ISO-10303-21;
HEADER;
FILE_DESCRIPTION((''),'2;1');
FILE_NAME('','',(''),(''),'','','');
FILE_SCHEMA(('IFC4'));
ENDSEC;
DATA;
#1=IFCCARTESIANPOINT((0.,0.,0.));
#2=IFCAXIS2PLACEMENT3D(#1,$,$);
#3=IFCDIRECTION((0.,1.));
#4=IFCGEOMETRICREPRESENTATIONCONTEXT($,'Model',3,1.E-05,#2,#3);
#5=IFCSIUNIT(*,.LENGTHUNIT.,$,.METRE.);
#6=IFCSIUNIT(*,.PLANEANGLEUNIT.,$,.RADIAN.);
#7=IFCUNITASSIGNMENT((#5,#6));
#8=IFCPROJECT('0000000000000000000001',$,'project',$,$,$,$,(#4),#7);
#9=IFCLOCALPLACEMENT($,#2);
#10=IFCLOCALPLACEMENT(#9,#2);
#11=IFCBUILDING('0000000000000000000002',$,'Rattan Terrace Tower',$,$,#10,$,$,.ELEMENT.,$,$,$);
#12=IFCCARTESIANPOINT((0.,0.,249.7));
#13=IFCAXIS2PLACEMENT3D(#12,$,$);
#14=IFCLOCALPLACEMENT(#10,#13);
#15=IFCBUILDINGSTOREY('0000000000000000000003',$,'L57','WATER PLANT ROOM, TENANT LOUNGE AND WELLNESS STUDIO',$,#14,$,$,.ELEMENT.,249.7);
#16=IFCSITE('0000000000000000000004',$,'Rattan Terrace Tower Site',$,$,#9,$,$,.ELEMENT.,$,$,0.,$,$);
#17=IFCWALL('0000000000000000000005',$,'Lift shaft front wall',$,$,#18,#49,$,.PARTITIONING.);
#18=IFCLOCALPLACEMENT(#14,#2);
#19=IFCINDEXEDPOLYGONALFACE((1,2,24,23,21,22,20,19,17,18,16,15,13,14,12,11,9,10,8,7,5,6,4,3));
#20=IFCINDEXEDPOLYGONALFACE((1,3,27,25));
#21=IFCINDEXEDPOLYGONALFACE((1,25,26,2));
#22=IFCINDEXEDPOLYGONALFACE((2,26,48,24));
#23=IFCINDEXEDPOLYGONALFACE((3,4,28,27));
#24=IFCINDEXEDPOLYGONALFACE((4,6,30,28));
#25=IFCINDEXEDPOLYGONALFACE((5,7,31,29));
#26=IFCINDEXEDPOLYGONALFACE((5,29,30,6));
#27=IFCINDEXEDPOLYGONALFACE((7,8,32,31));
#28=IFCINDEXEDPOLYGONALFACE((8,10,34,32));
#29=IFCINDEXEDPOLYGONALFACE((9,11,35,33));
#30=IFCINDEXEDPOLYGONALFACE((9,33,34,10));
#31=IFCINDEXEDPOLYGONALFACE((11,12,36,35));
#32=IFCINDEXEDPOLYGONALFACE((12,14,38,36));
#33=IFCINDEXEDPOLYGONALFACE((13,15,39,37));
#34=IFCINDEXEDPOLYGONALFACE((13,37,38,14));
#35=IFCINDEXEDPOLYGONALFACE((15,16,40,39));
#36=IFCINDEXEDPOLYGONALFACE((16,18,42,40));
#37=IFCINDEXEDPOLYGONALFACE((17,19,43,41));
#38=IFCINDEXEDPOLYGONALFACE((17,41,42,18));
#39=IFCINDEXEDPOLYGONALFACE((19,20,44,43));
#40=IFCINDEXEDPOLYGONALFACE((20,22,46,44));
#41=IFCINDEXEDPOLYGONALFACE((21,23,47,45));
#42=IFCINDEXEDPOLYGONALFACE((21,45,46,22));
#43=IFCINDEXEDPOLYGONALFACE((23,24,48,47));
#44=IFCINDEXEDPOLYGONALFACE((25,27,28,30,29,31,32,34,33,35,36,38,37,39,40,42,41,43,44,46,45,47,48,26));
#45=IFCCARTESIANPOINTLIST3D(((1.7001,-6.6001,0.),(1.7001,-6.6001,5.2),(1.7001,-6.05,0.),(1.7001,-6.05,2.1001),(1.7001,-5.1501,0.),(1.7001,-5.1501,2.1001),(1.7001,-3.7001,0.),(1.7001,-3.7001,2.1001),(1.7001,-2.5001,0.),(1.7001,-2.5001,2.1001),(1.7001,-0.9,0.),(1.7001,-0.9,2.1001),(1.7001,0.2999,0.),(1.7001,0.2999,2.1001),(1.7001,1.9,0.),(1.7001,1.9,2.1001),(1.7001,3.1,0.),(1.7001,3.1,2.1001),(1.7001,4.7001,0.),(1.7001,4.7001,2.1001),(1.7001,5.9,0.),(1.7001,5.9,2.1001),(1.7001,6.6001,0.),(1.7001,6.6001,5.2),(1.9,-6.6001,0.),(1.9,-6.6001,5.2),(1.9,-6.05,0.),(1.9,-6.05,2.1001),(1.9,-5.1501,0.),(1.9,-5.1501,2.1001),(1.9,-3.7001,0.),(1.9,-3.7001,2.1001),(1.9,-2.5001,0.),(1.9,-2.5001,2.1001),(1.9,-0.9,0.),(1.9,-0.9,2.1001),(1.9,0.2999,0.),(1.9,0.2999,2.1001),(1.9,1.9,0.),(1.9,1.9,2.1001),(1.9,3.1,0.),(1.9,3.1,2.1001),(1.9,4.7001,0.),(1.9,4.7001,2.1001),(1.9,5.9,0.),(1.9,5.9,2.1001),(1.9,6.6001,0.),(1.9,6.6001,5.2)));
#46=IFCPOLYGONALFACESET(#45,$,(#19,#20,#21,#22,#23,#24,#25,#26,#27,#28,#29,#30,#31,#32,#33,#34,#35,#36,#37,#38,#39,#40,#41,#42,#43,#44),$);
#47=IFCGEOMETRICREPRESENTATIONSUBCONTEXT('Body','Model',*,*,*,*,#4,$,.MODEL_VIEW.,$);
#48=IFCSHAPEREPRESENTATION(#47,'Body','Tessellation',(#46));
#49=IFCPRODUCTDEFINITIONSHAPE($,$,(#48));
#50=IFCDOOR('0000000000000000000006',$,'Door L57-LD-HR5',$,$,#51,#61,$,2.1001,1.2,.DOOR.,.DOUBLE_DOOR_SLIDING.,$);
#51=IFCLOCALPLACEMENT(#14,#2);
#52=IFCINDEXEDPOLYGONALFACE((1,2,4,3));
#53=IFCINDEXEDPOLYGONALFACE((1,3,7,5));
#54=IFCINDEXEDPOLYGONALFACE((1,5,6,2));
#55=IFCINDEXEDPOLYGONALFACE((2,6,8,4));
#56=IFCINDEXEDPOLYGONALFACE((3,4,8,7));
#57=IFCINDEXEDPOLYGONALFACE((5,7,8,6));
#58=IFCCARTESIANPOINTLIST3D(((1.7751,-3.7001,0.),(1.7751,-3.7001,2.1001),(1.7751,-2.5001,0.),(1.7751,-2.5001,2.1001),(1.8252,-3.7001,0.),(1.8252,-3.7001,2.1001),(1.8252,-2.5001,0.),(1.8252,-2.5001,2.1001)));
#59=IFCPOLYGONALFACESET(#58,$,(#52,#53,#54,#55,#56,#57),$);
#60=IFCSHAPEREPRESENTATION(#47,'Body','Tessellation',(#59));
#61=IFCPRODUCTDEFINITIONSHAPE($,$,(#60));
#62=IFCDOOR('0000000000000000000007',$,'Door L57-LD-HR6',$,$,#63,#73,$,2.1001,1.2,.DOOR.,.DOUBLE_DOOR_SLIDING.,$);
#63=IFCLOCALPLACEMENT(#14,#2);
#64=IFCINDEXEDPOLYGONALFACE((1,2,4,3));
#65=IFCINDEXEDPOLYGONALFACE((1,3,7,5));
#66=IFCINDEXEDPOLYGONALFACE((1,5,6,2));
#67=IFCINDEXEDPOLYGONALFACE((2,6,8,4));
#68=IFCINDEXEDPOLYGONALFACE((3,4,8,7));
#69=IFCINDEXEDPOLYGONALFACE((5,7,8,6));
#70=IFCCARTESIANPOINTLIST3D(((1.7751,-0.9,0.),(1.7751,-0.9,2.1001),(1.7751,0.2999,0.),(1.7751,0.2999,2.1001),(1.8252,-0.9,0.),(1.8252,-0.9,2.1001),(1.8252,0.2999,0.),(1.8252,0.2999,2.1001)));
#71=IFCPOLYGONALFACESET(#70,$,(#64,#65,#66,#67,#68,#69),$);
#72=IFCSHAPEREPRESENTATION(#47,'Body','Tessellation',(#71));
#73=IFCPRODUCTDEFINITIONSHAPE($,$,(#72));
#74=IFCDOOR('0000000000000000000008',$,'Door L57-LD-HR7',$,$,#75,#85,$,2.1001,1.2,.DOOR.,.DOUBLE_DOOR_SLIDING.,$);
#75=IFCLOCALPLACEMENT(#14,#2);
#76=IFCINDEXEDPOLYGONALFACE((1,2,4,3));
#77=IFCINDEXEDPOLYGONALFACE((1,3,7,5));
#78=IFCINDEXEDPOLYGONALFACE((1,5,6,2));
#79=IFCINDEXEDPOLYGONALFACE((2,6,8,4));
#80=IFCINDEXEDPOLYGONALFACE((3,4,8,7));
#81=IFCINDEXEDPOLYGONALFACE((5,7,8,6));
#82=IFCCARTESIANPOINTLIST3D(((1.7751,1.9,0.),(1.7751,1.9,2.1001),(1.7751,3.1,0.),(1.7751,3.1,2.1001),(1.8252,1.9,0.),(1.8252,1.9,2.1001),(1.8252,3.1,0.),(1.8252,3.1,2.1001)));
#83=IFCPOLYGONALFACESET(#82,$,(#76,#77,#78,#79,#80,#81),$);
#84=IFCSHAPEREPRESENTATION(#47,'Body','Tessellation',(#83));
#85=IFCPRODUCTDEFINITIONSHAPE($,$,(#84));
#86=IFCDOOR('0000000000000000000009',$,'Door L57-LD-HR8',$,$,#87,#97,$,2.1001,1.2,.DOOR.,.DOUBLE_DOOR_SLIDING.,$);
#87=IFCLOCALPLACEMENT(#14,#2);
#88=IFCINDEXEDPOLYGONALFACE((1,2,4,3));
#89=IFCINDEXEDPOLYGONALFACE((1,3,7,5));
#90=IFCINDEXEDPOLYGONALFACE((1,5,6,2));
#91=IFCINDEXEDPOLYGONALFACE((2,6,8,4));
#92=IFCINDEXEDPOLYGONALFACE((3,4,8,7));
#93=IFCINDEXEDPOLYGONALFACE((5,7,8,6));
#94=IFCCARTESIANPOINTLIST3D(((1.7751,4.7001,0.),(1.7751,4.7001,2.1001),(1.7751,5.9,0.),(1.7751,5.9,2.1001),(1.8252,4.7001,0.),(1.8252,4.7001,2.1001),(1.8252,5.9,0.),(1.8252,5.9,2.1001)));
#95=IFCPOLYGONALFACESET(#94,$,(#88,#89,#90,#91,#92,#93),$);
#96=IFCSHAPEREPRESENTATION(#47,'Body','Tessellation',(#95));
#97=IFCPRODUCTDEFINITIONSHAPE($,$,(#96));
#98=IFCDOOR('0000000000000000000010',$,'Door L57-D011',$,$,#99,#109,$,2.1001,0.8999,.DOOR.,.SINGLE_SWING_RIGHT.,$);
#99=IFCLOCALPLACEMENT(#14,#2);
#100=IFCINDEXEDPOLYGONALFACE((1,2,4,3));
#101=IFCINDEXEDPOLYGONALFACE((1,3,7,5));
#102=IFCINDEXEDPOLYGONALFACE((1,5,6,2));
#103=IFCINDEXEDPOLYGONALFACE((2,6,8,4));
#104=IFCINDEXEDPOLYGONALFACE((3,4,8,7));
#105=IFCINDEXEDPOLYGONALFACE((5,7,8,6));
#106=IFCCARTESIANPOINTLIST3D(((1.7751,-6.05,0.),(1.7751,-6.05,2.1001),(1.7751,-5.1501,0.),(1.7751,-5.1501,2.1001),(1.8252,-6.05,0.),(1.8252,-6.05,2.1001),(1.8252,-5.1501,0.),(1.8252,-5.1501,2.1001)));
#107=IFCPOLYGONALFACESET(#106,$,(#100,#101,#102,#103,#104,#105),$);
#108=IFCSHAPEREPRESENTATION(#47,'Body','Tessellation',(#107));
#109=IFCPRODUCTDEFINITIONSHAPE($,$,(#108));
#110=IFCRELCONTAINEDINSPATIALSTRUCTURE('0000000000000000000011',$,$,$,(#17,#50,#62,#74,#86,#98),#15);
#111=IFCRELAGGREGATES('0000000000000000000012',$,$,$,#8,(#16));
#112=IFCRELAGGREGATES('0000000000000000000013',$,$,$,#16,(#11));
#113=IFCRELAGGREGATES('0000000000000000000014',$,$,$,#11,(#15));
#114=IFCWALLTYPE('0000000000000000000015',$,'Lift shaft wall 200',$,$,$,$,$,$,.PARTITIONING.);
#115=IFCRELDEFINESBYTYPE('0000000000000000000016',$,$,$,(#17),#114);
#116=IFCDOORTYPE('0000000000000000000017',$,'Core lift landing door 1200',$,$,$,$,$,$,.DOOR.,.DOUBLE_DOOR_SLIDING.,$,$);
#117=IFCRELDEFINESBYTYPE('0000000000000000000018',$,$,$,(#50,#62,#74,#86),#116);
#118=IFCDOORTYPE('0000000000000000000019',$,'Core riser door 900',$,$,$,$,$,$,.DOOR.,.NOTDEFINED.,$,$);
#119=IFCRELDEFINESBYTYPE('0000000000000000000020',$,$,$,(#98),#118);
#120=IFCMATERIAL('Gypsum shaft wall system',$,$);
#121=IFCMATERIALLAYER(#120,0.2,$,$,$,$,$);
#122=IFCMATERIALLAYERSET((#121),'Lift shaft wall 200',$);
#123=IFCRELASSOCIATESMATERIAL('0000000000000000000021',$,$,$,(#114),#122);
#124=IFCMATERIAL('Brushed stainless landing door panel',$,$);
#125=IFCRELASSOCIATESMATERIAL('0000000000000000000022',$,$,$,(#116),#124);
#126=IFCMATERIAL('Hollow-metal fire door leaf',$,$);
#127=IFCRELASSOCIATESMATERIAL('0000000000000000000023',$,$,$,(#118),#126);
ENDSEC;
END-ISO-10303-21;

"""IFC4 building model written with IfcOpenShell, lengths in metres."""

from ifc_helpers import new_model, si_unit, direction, frame, frame_2d, origin, place, context, subcontext, project, spatial, rectangle, extrude, material, layer, layer_set, type_object, element, fill, save


model = new_model("IFC4")

# Units and contexts
model_context = context("Model", 3, precision=1e-05, world=origin(), true_north=direction((0.0, 1.0)))
body_context = subcontext(model_context, "Body", "Model", "MODEL_VIEW")
ifc_project = project(units=[si_unit("LENGTHUNIT", "METRE"), si_unit("PLANEANGLEUNIT", "RADIAN")], contexts=[model_context])

# Site, building, storey
site_placement = place(None, origin())
site = spatial("IfcSite", under=ifc_project, at=site_placement, Name="Rattan Terrace Tower Site", CompositionType="ELEMENT", RefElevation=0.0)
building_placement = place(site_placement, origin())
building = spatial("IfcBuilding", under=site, at=building_placement, Name="Rattan Terrace Tower", CompositionType="ELEMENT")
storey_placement = place(building_placement, frame((0.0, 0.0, 249.7)))
storey = spatial("IfcBuildingStorey", under=building, at=storey_placement, Name="L57", Description="WATER PLANT ROOM, TENANT LOUNGE AND WELLNESS STUDIO", CompositionType="ELEMENT", Elevation=249.7)

# Wall, openings, doors
ifc_material_1 = material(Name="Gypsum shaft wall system")
ifc_layer_1 = layer(ifc_material_1, 0.2)
ifc_layer_set_1 = layer_set([ifc_layer_1], Name="Lift shaft wall 200")
wall_type_1 = type_object("IfcWallType", Name="Lift shaft wall 200", PredefinedType="PARTITIONING", material=ifc_layer_set_1)
wall_1_placement = place(storey_placement, frame((1.8, -6.6001, 0.0), z_axis=(0.0, 0.0, 1.0), x_axis=(0.0, 1.0, 0.0)))
wall_1 = element("IfcWall", 1, at=wall_1_placement, inside=storey, type_object=wall_type_1, Name="Lift shaft front wall", PredefinedType="PARTITIONING", context=body_context, shape_type="SweptSolid", body=[
    extrude(rectangle(XDim=13.2002, YDim=0.2, at=frame_2d((6.6001, 0.0))), origin(), (0.0, 0.0, 1.0), 5.2),
])
opening_1_placement = place(wall_1_placement, frame((0.55, 0.0, 0.0)))
opening_1 = element("IfcOpeningElement", 2, at=opening_1_placement, cuts=wall_1, PredefinedType="OPENING", context=body_context, shape_type="SweptSolid", body=[
    extrude(rectangle(XDim=0.8999, YDim=2.1001, at=frame_2d((0.45, 1.05))), frame((0.0, 0.1106, 0.0), z_axis=(0.0, -1.0, 0.0), x_axis=(1.0, 0.0, 0.0)), (0.0, 0.0, 1.0), 0.2209),
])
opening_2_placement = place(wall_1_placement, frame((2.8999, 0.0, 0.0)))
opening_2 = element("IfcOpeningElement", 3, at=opening_2_placement, cuts=wall_1, PredefinedType="OPENING", context=body_context, shape_type="SweptSolid", body=[
    extrude(rectangle(XDim=1.2, YDim=2.1001, at=frame_2d((0.6001, 1.05))), frame((0.0, 0.1106, 0.0), z_axis=(0.0, -1.0, 0.0), x_axis=(1.0, 0.0, 0.0)), (0.0, 0.0, 1.0), 0.2209),
])
opening_3_placement = place(wall_1_placement, frame((5.7, 0.0, 0.0)))
opening_3 = element("IfcOpeningElement", 4, at=opening_3_placement, cuts=wall_1, PredefinedType="OPENING", context=body_context, shape_type="SweptSolid", body=[
    extrude(rectangle(XDim=1.2, YDim=2.1001, at=frame_2d((0.6001, 1.05))), frame((0.0, 0.1106, 0.0), z_axis=(0.0, -1.0, 0.0), x_axis=(1.0, 0.0, 0.0)), (0.0, 0.0, 1.0), 0.2209),
])
opening_4_placement = place(wall_1_placement, frame((8.5, 0.0, 0.0)))
opening_4 = element("IfcOpeningElement", 5, at=opening_4_placement, cuts=wall_1, PredefinedType="OPENING", context=body_context, shape_type="SweptSolid", body=[
    extrude(rectangle(XDim=1.2, YDim=2.1001, at=frame_2d((0.6001, 1.05))), frame((0.0, 0.1106, 0.0), z_axis=(0.0, -1.0, 0.0), x_axis=(1.0, 0.0, 0.0)), (0.0, 0.0, 1.0), 0.2209),
])
opening_5_placement = place(wall_1_placement, frame((11.3, 0.0, 0.0)))
opening_5 = element("IfcOpeningElement", 6, at=opening_5_placement, cuts=wall_1, PredefinedType="OPENING", context=body_context, shape_type="SweptSolid", body=[
    extrude(rectangle(XDim=1.2, YDim=2.1001, at=frame_2d((0.6001, 1.05))), frame((0.0, 0.1106, 0.0), z_axis=(0.0, -1.0, 0.0), x_axis=(1.0, 0.0, 0.0)), (0.0, 0.0, 1.0), 0.2209),
])
ifc_material_2 = material(Name="Brushed stainless landing door panel")
door_type_1 = type_object("IfcDoorType", Name="Core lift landing door 1200", OperationType="DOUBLE_DOOR_SLIDING", PredefinedType="DOOR", material=ifc_material_2)
door_1_placement = place(opening_2_placement, origin())
door_1 = element("IfcDoor", 7, at=door_1_placement, inside=storey, type_object=door_type_1, Name="Door L57-LD-HR5", OperationType="DOUBLE_DOOR_SLIDING", OverallHeight=2.1001, OverallWidth=1.2, PredefinedType="DOOR", context=body_context, shape_type="SweptSolid", body=[
    extrude(rectangle(XDim=1.2, YDim=2.1001, at=frame_2d((0.6001, 1.05))), frame((0.0, 0.0249, 0.0), z_axis=(0.0, -1.0, 0.0), x_axis=(1.0, 0.0, 0.0)), (0.0, 0.0, 1.0), 0.05),
])
fill(opening_2, door_1)
door_2_placement = place(opening_3_placement, origin())
door_2 = element("IfcDoor", 8, at=door_2_placement, inside=storey, type_object=door_type_1, Name="Door L57-LD-HR6", OperationType="DOUBLE_DOOR_SLIDING", OverallHeight=2.1001, OverallWidth=1.2, PredefinedType="DOOR", context=body_context, shape_type="SweptSolid", body=[
    extrude(rectangle(XDim=1.2, YDim=2.1001, at=frame_2d((0.6001, 1.05))), frame((0.0, 0.0249, 0.0), z_axis=(0.0, -1.0, 0.0), x_axis=(1.0, 0.0, 0.0)), (0.0, 0.0, 1.0), 0.05),
])
fill(opening_3, door_2)
door_3_placement = place(opening_4_placement, origin())
door_3 = element("IfcDoor", 9, at=door_3_placement, inside=storey, type_object=door_type_1, Name="Door L57-LD-HR7", OperationType="DOUBLE_DOOR_SLIDING", OverallHeight=2.1001, OverallWidth=1.2, PredefinedType="DOOR", context=body_context, shape_type="SweptSolid", body=[
    extrude(rectangle(XDim=1.2, YDim=2.1001, at=frame_2d((0.6001, 1.05))), frame((0.0, 0.0249, 0.0), z_axis=(0.0, -1.0, 0.0), x_axis=(1.0, 0.0, 0.0)), (0.0, 0.0, 1.0), 0.05),
])
fill(opening_4, door_3)
door_4_placement = place(opening_5_placement, origin())
door_4 = element("IfcDoor", 10, at=door_4_placement, inside=storey, type_object=door_type_1, Name="Door L57-LD-HR8", OperationType="DOUBLE_DOOR_SLIDING", OverallHeight=2.1001, OverallWidth=1.2, PredefinedType="DOOR", context=body_context, shape_type="SweptSolid", body=[
    extrude(rectangle(XDim=1.2, YDim=2.1001, at=frame_2d((0.6001, 1.05))), frame((0.0, 0.0249, 0.0), z_axis=(0.0, -1.0, 0.0), x_axis=(1.0, 0.0, 0.0)), (0.0, 0.0, 1.0), 0.05),
])
fill(opening_5, door_4)
ifc_material_3 = material(Name="Hollow-metal fire door leaf")
door_type_2 = type_object("IfcDoorType", Name="Core riser door 900", OperationType="NOTDEFINED", PredefinedType="DOOR", material=ifc_material_3)
door_5_placement = place(opening_1_placement, origin())
door_5 = element("IfcDoor", 11, at=door_5_placement, inside=storey, type_object=door_type_2, Name="Door L57-D011", OperationType="SINGLE_SWING_RIGHT", OverallHeight=2.1001, OverallWidth=0.8999, PredefinedType="DOOR", context=body_context, shape_type="SweptSolid", body=[
    extrude(rectangle(XDim=0.8999, YDim=2.1001, at=frame_2d((0.45, 1.05))), frame((0.0, 0.0249, 0.0), z_axis=(0.0, -1.0, 0.0), x_axis=(1.0, 0.0, 0.0)), (0.0, 0.0, 1.0), 0.05),
])
fill(opening_1, door_5)

save(model, "model.ifc")
